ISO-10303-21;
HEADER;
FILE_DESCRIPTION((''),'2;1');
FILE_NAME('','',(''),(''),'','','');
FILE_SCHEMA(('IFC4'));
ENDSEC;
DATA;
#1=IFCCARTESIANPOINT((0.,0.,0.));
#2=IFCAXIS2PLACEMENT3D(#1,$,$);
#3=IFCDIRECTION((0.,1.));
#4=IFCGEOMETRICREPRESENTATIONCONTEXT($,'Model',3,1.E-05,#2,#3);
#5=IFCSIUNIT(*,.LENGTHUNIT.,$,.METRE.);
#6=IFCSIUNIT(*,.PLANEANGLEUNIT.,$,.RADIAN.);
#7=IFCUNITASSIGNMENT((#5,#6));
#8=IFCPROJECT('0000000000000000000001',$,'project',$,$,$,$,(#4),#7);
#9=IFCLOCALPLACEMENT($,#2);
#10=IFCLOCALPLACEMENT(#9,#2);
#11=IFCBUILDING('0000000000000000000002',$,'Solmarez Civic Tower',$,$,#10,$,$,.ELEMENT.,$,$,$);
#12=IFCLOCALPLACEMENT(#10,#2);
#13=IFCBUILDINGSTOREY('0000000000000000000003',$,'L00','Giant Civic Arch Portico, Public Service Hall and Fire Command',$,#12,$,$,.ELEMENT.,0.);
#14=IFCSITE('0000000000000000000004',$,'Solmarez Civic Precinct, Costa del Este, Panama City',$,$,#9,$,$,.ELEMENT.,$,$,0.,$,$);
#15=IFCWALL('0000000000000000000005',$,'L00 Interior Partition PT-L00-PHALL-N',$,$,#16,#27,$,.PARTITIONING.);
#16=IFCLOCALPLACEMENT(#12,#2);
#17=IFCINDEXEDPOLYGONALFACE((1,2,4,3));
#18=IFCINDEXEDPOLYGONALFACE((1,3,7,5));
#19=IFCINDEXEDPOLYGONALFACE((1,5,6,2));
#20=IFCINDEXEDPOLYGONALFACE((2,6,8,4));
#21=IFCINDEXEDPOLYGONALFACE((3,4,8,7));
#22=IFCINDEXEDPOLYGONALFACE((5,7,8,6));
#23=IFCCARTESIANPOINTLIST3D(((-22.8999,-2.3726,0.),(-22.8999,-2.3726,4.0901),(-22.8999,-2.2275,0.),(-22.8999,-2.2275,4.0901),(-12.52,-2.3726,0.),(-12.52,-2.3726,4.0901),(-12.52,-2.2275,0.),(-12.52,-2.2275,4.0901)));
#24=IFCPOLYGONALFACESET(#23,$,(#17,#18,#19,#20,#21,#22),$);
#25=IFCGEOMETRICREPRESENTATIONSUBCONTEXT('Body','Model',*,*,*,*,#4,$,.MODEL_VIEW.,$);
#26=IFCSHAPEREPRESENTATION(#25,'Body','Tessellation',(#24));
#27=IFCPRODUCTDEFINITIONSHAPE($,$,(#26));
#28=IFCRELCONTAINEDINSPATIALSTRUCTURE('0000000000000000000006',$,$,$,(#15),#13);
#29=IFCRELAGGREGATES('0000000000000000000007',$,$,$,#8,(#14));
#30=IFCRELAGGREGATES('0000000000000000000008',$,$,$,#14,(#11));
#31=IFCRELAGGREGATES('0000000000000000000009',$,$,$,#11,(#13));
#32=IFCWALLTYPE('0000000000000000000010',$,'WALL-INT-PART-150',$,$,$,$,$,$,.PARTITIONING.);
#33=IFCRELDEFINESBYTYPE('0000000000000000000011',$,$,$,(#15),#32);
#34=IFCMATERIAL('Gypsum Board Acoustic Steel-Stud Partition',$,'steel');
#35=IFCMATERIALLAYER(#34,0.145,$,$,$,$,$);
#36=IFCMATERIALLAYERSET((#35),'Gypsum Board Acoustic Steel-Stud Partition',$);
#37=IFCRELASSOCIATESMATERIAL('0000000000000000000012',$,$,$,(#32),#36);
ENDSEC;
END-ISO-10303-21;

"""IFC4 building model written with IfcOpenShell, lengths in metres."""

from ifc_helpers import new_model, si_unit, direction, frame, frame_2d, origin, place, context, subcontext, project, spatial, rectangle, extrude, material, layer, layer_set, type_object, element, save


model = new_model("IFC4")

# Units and contexts
model_context = context("Model", 3, precision=1e-05, world=origin(), true_north=direction((0.0, 1.0)))
body_context = subcontext(model_context, "Body", "Model", "MODEL_VIEW")
ifc_project = project(units=[si_unit("LENGTHUNIT", "METRE"), si_unit("PLANEANGLEUNIT", "RADIAN")], contexts=[model_context])

# Site, building, storey
site_placement = place(None, origin())
site = spatial("IfcSite", under=ifc_project, at=site_placement, Name="Solmarez Civic Precinct, Costa del Este, Panama City", CompositionType="ELEMENT", RefElevation=0.0)
building_placement = place(site_placement, origin())
building = spatial("IfcBuilding", under=site, at=building_placement, Name="Solmarez Civic Tower", CompositionType="ELEMENT")
storey_placement = place(building_placement, origin())
storey = spatial("IfcBuildingStorey", under=building, at=storey_placement, Name="L00", Description="Giant Civic Arch Portico, Public Service Hall and Fire Command", CompositionType="ELEMENT", Elevation=0.0)

# Shared definitions
ifc_material_1 = material(Name="Gypsum Board Acoustic Steel-Stud Partition", Category="steel")
ifc_layer_1 = layer(ifc_material_1, 0.145)
ifc_layer_set_1 = layer_set([ifc_layer_1], Name="Gypsum Board Acoustic Steel-Stud Partition")
wall_type_1 = type_object("IfcWallType", Name="WALL-INT-PART-150", PredefinedType="PARTITIONING", material=ifc_layer_set_1)

# Wall
wall_1_placement = place(storey_placement, frame((-22.8999, -2.3, 0.0), z_axis=(0.0, 0.0, 1.0), x_axis=(1.0, 0.0, 0.0)))
element("IfcWall", 1, at=wall_1_placement, inside=storey, type_object=wall_type_1, Name="L00 Interior Partition PT-L00-PHALL-N", PredefinedType="PARTITIONING", context=body_context, shape_type="SweptSolid", body=[
    extrude(rectangle(XDim=10.3799, YDim=0.145, at=frame_2d((5.1899, 0.0))), origin(), (0.0, 0.0, 1.0), 4.0901),
])

save(model, "model.ifc")
